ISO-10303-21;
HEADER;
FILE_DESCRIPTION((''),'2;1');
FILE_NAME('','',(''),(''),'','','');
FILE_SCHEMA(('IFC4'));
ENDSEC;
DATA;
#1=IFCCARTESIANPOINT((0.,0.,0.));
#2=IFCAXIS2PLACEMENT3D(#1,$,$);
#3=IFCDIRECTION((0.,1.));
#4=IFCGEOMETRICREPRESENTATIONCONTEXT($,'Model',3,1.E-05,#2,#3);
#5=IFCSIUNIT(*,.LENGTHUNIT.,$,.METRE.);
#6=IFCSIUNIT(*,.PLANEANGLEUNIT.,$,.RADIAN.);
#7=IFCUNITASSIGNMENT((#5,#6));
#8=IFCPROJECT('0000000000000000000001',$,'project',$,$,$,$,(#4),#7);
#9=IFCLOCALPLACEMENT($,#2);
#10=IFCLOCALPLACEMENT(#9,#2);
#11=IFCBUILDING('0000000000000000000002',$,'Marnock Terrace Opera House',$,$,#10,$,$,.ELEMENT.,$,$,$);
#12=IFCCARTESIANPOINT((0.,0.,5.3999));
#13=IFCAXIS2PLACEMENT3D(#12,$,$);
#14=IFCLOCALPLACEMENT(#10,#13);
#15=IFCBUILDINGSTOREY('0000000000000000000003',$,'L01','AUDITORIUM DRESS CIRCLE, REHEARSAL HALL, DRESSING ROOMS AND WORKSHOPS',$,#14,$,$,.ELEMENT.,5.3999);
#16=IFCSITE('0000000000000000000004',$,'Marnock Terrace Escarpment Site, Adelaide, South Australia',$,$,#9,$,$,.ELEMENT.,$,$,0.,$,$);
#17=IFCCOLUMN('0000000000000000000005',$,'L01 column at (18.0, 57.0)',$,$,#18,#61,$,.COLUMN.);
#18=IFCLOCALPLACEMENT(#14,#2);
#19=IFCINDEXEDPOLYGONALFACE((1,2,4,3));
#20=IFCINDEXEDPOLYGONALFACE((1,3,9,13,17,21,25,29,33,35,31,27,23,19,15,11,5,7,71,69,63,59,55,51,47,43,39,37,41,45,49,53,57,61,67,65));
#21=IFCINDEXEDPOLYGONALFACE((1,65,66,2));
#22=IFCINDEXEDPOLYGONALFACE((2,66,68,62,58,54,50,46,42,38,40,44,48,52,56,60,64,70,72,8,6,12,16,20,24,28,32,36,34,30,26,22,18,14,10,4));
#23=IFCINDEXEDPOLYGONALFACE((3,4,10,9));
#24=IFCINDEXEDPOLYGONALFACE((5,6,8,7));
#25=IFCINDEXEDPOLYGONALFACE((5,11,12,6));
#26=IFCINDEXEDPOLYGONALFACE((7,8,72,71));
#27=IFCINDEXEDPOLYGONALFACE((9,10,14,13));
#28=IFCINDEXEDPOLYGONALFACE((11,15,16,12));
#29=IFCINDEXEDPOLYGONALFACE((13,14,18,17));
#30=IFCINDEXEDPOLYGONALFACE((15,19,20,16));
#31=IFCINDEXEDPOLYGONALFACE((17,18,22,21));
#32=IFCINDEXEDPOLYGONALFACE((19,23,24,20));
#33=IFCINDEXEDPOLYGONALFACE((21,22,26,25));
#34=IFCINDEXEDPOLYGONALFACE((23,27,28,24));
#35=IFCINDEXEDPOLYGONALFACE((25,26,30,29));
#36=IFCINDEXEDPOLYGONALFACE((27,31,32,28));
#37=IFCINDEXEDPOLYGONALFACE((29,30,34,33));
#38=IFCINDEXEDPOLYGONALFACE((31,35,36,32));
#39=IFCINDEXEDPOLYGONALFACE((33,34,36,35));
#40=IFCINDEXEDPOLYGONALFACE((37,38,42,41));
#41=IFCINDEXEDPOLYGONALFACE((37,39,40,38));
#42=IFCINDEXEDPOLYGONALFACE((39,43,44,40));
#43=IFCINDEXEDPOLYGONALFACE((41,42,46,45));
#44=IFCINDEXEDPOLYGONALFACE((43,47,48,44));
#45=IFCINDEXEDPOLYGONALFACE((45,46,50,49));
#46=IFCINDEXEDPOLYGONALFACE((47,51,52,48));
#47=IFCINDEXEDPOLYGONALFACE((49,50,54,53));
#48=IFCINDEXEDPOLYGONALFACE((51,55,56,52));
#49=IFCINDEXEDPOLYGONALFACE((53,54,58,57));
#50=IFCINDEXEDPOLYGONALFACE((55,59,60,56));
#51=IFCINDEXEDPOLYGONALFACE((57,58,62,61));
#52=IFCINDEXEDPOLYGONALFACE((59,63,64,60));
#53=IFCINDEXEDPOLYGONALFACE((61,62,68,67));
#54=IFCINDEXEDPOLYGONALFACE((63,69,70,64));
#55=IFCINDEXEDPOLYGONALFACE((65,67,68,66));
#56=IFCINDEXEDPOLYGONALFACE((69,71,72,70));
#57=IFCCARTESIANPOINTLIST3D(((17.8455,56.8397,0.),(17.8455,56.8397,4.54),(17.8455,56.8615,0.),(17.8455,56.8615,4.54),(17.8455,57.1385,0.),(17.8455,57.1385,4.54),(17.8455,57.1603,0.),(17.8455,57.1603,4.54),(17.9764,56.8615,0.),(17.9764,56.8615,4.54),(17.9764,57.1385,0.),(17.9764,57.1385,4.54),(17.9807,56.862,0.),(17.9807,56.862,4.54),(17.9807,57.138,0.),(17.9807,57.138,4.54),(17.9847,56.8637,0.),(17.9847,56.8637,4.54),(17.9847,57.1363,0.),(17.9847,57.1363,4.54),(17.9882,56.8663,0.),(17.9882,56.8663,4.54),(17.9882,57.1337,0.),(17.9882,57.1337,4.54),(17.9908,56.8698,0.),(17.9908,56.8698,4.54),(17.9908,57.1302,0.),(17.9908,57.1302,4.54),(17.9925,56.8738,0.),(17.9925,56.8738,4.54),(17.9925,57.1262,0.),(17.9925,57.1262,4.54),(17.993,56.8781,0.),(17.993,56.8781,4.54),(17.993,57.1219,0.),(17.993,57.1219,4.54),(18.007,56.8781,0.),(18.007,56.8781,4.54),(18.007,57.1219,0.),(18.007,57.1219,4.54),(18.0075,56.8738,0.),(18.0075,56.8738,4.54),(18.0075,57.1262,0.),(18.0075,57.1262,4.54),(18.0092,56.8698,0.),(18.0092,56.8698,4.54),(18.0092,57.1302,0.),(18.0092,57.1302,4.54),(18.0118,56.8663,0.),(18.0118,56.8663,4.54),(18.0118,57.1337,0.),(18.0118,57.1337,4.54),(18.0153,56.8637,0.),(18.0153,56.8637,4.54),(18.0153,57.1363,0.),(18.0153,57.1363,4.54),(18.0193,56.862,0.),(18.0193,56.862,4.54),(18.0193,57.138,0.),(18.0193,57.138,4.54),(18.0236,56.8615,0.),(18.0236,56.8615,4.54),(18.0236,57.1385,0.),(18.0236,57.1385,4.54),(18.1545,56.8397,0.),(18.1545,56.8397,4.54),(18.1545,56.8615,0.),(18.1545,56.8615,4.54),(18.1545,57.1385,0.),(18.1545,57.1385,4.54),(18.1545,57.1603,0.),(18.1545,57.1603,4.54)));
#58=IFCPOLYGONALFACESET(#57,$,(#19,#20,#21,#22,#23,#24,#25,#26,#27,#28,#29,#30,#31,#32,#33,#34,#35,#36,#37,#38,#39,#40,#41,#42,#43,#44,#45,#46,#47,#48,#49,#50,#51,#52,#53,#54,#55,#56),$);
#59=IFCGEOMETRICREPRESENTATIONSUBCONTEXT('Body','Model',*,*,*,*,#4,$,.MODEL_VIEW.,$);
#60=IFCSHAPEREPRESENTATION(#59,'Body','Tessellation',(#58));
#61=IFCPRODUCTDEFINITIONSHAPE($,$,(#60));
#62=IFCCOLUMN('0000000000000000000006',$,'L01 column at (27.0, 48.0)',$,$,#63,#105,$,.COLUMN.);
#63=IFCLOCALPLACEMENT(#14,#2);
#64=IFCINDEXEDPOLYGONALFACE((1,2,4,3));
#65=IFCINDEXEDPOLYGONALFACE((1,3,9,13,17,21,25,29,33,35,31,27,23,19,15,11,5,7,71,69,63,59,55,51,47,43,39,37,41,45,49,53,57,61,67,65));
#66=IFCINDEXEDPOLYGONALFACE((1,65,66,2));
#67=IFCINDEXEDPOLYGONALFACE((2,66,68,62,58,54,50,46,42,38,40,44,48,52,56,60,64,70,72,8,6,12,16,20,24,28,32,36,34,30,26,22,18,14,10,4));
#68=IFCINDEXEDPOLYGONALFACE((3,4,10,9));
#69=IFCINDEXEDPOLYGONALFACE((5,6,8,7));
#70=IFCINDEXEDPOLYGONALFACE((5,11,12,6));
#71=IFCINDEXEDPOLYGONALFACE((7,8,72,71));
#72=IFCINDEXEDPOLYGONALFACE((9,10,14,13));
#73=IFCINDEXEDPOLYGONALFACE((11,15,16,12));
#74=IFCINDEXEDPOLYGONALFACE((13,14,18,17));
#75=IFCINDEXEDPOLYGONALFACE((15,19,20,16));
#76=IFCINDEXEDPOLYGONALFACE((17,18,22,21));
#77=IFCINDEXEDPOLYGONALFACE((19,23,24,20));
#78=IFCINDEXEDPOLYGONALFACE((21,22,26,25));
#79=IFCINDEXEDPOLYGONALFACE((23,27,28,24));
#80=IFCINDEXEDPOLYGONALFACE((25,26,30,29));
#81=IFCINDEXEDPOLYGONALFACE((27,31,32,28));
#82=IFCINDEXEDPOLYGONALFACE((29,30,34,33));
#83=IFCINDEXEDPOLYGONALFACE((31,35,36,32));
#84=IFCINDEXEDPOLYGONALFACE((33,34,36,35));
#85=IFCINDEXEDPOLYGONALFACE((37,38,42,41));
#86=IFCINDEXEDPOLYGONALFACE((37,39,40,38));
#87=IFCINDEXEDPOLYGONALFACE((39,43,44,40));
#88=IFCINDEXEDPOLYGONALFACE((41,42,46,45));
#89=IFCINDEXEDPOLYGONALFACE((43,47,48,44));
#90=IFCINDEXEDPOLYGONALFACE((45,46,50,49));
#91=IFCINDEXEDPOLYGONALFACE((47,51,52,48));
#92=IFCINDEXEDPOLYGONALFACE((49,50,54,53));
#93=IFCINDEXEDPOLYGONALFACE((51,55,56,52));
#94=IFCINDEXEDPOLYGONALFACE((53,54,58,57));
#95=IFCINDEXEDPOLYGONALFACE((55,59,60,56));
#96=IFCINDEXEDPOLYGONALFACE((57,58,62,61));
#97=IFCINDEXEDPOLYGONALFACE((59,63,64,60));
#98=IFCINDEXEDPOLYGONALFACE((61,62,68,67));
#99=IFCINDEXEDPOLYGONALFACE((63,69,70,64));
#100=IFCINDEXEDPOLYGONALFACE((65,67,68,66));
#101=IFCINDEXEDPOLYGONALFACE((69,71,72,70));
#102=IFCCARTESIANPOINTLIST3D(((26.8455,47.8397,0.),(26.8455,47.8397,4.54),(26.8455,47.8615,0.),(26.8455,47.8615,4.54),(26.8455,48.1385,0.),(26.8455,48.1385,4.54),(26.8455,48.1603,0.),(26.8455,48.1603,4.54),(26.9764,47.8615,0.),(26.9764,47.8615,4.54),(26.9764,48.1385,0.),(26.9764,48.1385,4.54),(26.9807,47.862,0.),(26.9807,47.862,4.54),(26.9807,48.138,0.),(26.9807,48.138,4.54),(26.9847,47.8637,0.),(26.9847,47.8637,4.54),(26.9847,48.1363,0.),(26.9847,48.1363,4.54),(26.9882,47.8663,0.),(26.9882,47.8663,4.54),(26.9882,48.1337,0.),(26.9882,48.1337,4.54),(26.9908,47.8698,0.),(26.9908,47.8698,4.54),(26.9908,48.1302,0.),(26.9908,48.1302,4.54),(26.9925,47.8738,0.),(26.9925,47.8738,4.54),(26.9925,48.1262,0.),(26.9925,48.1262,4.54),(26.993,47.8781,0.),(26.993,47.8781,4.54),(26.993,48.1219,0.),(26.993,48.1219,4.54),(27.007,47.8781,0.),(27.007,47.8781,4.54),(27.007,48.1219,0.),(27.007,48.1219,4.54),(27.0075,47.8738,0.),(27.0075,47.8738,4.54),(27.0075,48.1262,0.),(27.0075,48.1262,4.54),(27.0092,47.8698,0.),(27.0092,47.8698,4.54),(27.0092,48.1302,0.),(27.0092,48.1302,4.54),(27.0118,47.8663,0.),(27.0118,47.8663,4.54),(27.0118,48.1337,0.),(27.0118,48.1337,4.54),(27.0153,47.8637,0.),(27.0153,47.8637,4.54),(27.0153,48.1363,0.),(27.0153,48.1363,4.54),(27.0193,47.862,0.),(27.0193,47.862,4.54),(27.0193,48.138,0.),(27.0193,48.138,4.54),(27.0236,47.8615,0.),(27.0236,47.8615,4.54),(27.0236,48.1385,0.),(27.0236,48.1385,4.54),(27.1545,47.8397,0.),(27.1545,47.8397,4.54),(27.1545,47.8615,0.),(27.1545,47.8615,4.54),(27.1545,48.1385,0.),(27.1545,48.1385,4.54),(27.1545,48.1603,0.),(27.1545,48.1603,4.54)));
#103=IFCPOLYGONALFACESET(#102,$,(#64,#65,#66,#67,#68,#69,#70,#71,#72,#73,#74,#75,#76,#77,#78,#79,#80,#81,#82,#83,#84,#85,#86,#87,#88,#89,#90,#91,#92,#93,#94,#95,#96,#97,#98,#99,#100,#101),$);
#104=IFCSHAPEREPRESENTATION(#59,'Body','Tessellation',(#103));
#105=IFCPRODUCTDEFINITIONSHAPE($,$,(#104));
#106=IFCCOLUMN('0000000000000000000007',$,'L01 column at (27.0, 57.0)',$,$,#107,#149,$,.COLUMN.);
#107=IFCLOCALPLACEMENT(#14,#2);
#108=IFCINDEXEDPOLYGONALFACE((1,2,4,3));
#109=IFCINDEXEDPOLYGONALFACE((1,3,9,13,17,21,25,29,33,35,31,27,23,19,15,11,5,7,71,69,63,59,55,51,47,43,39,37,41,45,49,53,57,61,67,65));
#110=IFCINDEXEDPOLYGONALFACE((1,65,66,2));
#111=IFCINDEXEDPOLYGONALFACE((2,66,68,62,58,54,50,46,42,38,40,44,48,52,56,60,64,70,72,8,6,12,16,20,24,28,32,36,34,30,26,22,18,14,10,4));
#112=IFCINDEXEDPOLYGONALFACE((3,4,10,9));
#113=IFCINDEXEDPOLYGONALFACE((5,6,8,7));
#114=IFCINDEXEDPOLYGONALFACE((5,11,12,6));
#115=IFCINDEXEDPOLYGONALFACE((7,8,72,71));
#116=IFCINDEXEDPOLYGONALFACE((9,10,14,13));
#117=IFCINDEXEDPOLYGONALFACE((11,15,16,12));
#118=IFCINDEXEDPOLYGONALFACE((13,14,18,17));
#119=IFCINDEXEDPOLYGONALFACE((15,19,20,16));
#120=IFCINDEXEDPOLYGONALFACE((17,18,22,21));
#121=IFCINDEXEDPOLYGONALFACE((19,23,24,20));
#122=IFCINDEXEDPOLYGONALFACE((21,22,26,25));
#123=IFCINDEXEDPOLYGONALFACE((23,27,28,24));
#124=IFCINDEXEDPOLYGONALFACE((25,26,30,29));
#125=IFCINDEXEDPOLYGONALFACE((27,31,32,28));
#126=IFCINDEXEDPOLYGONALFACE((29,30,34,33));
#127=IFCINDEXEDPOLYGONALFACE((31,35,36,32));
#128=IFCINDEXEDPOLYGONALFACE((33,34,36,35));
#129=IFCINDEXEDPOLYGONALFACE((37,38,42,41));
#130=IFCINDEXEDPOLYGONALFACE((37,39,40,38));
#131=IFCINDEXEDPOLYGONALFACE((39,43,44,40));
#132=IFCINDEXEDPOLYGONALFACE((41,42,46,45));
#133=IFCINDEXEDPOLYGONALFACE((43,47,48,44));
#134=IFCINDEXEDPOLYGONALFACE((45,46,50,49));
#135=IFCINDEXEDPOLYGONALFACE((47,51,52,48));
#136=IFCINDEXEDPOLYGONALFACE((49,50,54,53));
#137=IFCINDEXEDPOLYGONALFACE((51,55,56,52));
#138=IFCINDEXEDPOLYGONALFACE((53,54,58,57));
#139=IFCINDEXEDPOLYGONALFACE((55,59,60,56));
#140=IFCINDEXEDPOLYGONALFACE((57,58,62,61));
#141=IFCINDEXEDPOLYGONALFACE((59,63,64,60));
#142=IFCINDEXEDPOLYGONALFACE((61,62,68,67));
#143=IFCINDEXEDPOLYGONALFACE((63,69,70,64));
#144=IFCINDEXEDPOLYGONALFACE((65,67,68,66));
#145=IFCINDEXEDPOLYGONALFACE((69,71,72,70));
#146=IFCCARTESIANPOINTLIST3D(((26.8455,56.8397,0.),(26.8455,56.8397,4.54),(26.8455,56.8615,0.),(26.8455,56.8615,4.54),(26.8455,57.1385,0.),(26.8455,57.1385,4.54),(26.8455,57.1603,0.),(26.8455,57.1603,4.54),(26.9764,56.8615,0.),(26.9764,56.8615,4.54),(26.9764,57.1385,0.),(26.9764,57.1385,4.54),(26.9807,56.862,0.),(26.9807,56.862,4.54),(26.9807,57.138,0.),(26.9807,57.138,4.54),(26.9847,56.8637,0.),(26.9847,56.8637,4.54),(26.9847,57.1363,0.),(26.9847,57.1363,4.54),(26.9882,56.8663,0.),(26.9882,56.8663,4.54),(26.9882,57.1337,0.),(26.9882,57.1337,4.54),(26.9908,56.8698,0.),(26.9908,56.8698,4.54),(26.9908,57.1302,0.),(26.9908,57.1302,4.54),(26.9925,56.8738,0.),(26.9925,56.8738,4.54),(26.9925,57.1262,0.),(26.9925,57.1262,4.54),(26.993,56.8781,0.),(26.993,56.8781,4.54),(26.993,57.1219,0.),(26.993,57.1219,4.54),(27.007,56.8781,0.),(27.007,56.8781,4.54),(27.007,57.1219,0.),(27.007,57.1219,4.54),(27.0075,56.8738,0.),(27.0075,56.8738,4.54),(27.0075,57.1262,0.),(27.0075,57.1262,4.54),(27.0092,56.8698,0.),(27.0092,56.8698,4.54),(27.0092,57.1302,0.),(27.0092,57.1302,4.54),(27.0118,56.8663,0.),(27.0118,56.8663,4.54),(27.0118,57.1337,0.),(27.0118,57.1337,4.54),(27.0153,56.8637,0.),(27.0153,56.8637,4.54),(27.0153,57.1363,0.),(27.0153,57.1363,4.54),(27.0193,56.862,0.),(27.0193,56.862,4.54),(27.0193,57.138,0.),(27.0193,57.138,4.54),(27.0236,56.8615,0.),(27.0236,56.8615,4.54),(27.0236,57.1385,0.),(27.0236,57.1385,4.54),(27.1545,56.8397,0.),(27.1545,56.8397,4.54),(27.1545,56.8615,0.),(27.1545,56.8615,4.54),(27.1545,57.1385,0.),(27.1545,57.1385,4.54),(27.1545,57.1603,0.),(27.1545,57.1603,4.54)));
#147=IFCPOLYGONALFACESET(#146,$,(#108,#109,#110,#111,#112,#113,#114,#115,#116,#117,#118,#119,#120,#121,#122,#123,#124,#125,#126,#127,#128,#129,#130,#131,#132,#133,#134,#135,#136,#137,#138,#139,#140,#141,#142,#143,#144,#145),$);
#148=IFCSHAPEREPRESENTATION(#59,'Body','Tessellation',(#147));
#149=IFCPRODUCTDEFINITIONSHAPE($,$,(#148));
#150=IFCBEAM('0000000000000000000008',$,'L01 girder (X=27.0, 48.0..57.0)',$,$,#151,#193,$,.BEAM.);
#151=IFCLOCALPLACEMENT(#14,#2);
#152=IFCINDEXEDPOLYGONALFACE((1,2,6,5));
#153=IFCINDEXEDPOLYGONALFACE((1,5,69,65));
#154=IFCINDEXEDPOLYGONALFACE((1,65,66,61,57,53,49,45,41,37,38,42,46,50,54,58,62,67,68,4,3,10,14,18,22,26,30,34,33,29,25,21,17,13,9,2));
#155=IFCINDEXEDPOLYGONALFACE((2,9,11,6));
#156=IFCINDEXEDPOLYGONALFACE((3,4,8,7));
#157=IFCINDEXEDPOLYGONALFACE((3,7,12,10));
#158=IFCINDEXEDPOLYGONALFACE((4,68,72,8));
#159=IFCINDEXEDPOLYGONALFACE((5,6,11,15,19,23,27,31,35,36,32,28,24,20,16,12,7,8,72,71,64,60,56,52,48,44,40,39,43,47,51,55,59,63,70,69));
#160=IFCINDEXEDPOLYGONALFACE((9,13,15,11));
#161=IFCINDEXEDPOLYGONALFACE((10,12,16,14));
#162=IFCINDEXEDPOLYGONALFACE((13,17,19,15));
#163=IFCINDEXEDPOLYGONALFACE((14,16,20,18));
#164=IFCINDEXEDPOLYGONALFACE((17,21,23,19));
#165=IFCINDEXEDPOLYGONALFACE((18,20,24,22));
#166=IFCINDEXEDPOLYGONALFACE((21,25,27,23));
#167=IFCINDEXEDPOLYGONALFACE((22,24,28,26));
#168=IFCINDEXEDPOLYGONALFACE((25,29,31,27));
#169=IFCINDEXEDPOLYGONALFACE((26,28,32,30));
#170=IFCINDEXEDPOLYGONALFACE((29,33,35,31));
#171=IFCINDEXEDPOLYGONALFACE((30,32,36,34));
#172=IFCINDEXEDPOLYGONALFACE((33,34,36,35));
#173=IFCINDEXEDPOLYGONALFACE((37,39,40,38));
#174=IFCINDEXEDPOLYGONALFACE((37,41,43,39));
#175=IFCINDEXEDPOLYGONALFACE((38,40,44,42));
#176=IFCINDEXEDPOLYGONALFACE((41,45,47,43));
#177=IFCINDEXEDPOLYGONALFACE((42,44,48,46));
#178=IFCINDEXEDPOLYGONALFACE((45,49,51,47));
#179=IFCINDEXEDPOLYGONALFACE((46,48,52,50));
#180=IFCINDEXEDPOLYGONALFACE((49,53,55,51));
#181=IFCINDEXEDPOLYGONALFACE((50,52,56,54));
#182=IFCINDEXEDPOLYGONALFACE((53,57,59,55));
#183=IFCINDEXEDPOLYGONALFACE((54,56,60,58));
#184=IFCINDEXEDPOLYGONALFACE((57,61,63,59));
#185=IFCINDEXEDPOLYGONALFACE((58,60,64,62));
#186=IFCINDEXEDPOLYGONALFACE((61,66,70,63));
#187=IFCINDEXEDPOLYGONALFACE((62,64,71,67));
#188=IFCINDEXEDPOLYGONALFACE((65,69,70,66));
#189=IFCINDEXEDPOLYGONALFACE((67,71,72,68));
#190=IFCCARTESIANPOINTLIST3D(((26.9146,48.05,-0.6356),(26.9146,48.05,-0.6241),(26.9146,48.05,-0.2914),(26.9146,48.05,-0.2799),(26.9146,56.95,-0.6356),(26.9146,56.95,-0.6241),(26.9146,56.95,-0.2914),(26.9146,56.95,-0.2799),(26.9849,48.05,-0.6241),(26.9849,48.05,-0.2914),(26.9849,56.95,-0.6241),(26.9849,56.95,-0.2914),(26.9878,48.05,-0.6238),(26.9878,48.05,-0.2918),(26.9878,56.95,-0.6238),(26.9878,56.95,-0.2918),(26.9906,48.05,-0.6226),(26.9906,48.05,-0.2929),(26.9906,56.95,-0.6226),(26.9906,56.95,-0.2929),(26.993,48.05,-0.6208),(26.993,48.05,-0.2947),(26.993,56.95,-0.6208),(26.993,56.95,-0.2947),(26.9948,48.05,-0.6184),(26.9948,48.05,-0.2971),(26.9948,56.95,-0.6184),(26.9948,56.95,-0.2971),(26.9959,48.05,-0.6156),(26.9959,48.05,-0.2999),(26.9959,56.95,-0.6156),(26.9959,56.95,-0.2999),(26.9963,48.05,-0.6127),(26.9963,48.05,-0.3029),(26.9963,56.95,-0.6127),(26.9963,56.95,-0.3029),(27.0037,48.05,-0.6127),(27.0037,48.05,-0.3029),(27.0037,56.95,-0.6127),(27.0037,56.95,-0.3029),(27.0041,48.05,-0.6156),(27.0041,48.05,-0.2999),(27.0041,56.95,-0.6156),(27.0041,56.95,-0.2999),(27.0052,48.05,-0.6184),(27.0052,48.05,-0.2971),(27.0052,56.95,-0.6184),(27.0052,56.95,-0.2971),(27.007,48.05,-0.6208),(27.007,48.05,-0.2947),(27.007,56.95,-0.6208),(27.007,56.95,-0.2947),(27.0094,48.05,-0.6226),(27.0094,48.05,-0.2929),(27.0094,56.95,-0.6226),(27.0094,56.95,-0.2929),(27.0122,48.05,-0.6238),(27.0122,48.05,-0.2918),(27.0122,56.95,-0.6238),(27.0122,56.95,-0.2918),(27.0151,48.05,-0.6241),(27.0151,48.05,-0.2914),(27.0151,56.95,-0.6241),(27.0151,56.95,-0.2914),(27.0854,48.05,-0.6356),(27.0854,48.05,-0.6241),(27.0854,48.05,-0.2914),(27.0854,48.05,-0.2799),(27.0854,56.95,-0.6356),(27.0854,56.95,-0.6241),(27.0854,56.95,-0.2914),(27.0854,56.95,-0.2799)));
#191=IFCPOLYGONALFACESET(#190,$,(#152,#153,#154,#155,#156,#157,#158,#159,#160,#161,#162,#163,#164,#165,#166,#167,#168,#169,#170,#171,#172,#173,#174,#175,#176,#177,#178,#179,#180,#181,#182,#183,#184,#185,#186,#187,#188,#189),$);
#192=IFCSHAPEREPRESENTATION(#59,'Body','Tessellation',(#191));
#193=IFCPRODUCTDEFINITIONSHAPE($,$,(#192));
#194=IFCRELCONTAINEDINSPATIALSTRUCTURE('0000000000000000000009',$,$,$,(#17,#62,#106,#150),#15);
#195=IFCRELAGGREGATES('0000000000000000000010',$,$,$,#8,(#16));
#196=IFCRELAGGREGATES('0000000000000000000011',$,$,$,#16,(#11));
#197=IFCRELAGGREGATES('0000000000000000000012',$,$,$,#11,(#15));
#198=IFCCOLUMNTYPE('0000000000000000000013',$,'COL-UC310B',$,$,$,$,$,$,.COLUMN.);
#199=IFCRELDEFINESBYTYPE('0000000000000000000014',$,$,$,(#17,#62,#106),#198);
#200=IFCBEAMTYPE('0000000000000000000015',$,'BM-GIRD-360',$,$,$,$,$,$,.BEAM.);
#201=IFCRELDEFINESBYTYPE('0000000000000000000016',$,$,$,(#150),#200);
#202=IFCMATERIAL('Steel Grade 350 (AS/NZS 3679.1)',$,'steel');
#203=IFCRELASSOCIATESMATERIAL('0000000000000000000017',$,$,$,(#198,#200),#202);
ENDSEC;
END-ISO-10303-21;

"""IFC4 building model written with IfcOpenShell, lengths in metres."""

from ifc_helpers import new_model, si_unit, direction, frame, origin, origin_2d, place, context, subcontext, project, spatial, i_section, extrude, material, material_profile, profile_set, type_object, element, save


model = new_model("IFC4")

# Units and contexts
model_context = context("Model", 3, precision=1e-05, world=origin(), true_north=direction((0.0, 1.0)))
body_context = subcontext(model_context, "Body", "Model", "MODEL_VIEW")
ifc_project = project(units=[si_unit("LENGTHUNIT", "METRE"), si_unit("PLANEANGLEUNIT", "RADIAN")], contexts=[model_context])

# Site, building, storey
site_placement = place(None, origin())
site = spatial("IfcSite", under=ifc_project, at=site_placement, Name="Marnock Terrace Escarpment Site, Adelaide, South Australia", CompositionType="ELEMENT", RefElevation=0.0)
building_placement = place(site_placement, origin())
building = spatial("IfcBuilding", under=site, at=building_placement, Name="Marnock Terrace Opera House", CompositionType="ELEMENT")
storey_placement = place(building_placement, frame((0.0, 0.0, 5.3999)))
storey = spatial("IfcBuildingStorey", under=building, at=storey_placement, Name="L01", Description="AUDITORIUM DRESS CIRCLE, REHEARSAL HALL, DRESSING ROOMS AND WORKSHOPS", CompositionType="ELEMENT", Elevation=5.3999)

# Columns
ifc_material_1 = material(Name="Steel Grade 350 (AS/NZS 3679.1)", Category="steel")
ifc_material_profile_1 = material_profile(ifc_material_1, i_section(OverallWidth=0.3091, OverallDepth=0.3206, WebThickness=0.0139, FlangeThickness=0.0217, FilletRadius=0.0166, at=origin_2d()))
ifc_profile_set_1 = profile_set([ifc_material_profile_1], Name="Steel Grade 350 (AS/NZS 3679.1)")
column_type = type_object("IfcColumnType", Name="COL-UC310B", PredefinedType="COLUMN", material=ifc_profile_set_1)
for number, where, z_axis, x_axis, name in (
    (1, (18.0, 57.0, 0.0), (0.0, 0.0, 1.0), (1.0, 0.0, 0.0), "L01 column at (18.0, 57.0)"),
    (2, (27.0, 48.0, 0.0), (0.0, 0.0, 1.0), (1.0, 0.0, 0.0), "L01 column at (27.0, 48.0)"),
    (3, (27.0, 57.0, 0.0), (0.0, 0.0, 1.0), (1.0, 0.0, 0.0), "L01 column at (27.0, 57.0)"),
):
    element("IfcColumn", number, at=place(storey_placement, frame(where, z_axis=z_axis, x_axis=x_axis)), inside=storey, type_object=column_type, Name=name, PredefinedType="COLUMN", context=body_context, shape_type="SweptSolid", body=[
        extrude(i_section(OverallWidth=0.3091, OverallDepth=0.3206, WebThickness=0.0139, FlangeThickness=0.0217, FilletRadius=0.0166, at=origin_2d()), origin(), (0.0, 0.0, 1.0), 4.54),
    ])

# Beam
ifc_material_profile_2 = material_profile(ifc_material_1, i_section(OverallWidth=0.1709, OverallDepth=0.3557, WebThickness=0.0073, FlangeThickness=0.0115, FilletRadius=0.0115, at=origin_2d()))
ifc_profile_set_2 = profile_set([ifc_material_profile_2], Name="Steel Grade 350 (AS/NZS 3679.1)")
beam_type_1 = type_object("IfcBeamType", Name="BM-GIRD-360", PredefinedType="BEAM", material=ifc_profile_set_2)
beam_1_placement = place(storey_placement, frame((27.0, 48.05, -0.4578), z_axis=(0.0, 1.0, 0.0), x_axis=(-1.0, 0.0, 0.0)))
element("IfcBeam", 4, at=beam_1_placement, inside=storey, type_object=beam_type_1, Name="L01 girder (X=27.0, 48.0..57.0)", PredefinedType="BEAM", context=body_context, shape_type="SweptSolid", body=[
    extrude(i_section(OverallWidth=0.1709, OverallDepth=0.3557, WebThickness=0.0073, FlangeThickness=0.0115, FilletRadius=0.0115, at=origin_2d()), origin(), (0.0, 0.0, 1.0), 8.8999),
])

save(model, "model.ifc")
